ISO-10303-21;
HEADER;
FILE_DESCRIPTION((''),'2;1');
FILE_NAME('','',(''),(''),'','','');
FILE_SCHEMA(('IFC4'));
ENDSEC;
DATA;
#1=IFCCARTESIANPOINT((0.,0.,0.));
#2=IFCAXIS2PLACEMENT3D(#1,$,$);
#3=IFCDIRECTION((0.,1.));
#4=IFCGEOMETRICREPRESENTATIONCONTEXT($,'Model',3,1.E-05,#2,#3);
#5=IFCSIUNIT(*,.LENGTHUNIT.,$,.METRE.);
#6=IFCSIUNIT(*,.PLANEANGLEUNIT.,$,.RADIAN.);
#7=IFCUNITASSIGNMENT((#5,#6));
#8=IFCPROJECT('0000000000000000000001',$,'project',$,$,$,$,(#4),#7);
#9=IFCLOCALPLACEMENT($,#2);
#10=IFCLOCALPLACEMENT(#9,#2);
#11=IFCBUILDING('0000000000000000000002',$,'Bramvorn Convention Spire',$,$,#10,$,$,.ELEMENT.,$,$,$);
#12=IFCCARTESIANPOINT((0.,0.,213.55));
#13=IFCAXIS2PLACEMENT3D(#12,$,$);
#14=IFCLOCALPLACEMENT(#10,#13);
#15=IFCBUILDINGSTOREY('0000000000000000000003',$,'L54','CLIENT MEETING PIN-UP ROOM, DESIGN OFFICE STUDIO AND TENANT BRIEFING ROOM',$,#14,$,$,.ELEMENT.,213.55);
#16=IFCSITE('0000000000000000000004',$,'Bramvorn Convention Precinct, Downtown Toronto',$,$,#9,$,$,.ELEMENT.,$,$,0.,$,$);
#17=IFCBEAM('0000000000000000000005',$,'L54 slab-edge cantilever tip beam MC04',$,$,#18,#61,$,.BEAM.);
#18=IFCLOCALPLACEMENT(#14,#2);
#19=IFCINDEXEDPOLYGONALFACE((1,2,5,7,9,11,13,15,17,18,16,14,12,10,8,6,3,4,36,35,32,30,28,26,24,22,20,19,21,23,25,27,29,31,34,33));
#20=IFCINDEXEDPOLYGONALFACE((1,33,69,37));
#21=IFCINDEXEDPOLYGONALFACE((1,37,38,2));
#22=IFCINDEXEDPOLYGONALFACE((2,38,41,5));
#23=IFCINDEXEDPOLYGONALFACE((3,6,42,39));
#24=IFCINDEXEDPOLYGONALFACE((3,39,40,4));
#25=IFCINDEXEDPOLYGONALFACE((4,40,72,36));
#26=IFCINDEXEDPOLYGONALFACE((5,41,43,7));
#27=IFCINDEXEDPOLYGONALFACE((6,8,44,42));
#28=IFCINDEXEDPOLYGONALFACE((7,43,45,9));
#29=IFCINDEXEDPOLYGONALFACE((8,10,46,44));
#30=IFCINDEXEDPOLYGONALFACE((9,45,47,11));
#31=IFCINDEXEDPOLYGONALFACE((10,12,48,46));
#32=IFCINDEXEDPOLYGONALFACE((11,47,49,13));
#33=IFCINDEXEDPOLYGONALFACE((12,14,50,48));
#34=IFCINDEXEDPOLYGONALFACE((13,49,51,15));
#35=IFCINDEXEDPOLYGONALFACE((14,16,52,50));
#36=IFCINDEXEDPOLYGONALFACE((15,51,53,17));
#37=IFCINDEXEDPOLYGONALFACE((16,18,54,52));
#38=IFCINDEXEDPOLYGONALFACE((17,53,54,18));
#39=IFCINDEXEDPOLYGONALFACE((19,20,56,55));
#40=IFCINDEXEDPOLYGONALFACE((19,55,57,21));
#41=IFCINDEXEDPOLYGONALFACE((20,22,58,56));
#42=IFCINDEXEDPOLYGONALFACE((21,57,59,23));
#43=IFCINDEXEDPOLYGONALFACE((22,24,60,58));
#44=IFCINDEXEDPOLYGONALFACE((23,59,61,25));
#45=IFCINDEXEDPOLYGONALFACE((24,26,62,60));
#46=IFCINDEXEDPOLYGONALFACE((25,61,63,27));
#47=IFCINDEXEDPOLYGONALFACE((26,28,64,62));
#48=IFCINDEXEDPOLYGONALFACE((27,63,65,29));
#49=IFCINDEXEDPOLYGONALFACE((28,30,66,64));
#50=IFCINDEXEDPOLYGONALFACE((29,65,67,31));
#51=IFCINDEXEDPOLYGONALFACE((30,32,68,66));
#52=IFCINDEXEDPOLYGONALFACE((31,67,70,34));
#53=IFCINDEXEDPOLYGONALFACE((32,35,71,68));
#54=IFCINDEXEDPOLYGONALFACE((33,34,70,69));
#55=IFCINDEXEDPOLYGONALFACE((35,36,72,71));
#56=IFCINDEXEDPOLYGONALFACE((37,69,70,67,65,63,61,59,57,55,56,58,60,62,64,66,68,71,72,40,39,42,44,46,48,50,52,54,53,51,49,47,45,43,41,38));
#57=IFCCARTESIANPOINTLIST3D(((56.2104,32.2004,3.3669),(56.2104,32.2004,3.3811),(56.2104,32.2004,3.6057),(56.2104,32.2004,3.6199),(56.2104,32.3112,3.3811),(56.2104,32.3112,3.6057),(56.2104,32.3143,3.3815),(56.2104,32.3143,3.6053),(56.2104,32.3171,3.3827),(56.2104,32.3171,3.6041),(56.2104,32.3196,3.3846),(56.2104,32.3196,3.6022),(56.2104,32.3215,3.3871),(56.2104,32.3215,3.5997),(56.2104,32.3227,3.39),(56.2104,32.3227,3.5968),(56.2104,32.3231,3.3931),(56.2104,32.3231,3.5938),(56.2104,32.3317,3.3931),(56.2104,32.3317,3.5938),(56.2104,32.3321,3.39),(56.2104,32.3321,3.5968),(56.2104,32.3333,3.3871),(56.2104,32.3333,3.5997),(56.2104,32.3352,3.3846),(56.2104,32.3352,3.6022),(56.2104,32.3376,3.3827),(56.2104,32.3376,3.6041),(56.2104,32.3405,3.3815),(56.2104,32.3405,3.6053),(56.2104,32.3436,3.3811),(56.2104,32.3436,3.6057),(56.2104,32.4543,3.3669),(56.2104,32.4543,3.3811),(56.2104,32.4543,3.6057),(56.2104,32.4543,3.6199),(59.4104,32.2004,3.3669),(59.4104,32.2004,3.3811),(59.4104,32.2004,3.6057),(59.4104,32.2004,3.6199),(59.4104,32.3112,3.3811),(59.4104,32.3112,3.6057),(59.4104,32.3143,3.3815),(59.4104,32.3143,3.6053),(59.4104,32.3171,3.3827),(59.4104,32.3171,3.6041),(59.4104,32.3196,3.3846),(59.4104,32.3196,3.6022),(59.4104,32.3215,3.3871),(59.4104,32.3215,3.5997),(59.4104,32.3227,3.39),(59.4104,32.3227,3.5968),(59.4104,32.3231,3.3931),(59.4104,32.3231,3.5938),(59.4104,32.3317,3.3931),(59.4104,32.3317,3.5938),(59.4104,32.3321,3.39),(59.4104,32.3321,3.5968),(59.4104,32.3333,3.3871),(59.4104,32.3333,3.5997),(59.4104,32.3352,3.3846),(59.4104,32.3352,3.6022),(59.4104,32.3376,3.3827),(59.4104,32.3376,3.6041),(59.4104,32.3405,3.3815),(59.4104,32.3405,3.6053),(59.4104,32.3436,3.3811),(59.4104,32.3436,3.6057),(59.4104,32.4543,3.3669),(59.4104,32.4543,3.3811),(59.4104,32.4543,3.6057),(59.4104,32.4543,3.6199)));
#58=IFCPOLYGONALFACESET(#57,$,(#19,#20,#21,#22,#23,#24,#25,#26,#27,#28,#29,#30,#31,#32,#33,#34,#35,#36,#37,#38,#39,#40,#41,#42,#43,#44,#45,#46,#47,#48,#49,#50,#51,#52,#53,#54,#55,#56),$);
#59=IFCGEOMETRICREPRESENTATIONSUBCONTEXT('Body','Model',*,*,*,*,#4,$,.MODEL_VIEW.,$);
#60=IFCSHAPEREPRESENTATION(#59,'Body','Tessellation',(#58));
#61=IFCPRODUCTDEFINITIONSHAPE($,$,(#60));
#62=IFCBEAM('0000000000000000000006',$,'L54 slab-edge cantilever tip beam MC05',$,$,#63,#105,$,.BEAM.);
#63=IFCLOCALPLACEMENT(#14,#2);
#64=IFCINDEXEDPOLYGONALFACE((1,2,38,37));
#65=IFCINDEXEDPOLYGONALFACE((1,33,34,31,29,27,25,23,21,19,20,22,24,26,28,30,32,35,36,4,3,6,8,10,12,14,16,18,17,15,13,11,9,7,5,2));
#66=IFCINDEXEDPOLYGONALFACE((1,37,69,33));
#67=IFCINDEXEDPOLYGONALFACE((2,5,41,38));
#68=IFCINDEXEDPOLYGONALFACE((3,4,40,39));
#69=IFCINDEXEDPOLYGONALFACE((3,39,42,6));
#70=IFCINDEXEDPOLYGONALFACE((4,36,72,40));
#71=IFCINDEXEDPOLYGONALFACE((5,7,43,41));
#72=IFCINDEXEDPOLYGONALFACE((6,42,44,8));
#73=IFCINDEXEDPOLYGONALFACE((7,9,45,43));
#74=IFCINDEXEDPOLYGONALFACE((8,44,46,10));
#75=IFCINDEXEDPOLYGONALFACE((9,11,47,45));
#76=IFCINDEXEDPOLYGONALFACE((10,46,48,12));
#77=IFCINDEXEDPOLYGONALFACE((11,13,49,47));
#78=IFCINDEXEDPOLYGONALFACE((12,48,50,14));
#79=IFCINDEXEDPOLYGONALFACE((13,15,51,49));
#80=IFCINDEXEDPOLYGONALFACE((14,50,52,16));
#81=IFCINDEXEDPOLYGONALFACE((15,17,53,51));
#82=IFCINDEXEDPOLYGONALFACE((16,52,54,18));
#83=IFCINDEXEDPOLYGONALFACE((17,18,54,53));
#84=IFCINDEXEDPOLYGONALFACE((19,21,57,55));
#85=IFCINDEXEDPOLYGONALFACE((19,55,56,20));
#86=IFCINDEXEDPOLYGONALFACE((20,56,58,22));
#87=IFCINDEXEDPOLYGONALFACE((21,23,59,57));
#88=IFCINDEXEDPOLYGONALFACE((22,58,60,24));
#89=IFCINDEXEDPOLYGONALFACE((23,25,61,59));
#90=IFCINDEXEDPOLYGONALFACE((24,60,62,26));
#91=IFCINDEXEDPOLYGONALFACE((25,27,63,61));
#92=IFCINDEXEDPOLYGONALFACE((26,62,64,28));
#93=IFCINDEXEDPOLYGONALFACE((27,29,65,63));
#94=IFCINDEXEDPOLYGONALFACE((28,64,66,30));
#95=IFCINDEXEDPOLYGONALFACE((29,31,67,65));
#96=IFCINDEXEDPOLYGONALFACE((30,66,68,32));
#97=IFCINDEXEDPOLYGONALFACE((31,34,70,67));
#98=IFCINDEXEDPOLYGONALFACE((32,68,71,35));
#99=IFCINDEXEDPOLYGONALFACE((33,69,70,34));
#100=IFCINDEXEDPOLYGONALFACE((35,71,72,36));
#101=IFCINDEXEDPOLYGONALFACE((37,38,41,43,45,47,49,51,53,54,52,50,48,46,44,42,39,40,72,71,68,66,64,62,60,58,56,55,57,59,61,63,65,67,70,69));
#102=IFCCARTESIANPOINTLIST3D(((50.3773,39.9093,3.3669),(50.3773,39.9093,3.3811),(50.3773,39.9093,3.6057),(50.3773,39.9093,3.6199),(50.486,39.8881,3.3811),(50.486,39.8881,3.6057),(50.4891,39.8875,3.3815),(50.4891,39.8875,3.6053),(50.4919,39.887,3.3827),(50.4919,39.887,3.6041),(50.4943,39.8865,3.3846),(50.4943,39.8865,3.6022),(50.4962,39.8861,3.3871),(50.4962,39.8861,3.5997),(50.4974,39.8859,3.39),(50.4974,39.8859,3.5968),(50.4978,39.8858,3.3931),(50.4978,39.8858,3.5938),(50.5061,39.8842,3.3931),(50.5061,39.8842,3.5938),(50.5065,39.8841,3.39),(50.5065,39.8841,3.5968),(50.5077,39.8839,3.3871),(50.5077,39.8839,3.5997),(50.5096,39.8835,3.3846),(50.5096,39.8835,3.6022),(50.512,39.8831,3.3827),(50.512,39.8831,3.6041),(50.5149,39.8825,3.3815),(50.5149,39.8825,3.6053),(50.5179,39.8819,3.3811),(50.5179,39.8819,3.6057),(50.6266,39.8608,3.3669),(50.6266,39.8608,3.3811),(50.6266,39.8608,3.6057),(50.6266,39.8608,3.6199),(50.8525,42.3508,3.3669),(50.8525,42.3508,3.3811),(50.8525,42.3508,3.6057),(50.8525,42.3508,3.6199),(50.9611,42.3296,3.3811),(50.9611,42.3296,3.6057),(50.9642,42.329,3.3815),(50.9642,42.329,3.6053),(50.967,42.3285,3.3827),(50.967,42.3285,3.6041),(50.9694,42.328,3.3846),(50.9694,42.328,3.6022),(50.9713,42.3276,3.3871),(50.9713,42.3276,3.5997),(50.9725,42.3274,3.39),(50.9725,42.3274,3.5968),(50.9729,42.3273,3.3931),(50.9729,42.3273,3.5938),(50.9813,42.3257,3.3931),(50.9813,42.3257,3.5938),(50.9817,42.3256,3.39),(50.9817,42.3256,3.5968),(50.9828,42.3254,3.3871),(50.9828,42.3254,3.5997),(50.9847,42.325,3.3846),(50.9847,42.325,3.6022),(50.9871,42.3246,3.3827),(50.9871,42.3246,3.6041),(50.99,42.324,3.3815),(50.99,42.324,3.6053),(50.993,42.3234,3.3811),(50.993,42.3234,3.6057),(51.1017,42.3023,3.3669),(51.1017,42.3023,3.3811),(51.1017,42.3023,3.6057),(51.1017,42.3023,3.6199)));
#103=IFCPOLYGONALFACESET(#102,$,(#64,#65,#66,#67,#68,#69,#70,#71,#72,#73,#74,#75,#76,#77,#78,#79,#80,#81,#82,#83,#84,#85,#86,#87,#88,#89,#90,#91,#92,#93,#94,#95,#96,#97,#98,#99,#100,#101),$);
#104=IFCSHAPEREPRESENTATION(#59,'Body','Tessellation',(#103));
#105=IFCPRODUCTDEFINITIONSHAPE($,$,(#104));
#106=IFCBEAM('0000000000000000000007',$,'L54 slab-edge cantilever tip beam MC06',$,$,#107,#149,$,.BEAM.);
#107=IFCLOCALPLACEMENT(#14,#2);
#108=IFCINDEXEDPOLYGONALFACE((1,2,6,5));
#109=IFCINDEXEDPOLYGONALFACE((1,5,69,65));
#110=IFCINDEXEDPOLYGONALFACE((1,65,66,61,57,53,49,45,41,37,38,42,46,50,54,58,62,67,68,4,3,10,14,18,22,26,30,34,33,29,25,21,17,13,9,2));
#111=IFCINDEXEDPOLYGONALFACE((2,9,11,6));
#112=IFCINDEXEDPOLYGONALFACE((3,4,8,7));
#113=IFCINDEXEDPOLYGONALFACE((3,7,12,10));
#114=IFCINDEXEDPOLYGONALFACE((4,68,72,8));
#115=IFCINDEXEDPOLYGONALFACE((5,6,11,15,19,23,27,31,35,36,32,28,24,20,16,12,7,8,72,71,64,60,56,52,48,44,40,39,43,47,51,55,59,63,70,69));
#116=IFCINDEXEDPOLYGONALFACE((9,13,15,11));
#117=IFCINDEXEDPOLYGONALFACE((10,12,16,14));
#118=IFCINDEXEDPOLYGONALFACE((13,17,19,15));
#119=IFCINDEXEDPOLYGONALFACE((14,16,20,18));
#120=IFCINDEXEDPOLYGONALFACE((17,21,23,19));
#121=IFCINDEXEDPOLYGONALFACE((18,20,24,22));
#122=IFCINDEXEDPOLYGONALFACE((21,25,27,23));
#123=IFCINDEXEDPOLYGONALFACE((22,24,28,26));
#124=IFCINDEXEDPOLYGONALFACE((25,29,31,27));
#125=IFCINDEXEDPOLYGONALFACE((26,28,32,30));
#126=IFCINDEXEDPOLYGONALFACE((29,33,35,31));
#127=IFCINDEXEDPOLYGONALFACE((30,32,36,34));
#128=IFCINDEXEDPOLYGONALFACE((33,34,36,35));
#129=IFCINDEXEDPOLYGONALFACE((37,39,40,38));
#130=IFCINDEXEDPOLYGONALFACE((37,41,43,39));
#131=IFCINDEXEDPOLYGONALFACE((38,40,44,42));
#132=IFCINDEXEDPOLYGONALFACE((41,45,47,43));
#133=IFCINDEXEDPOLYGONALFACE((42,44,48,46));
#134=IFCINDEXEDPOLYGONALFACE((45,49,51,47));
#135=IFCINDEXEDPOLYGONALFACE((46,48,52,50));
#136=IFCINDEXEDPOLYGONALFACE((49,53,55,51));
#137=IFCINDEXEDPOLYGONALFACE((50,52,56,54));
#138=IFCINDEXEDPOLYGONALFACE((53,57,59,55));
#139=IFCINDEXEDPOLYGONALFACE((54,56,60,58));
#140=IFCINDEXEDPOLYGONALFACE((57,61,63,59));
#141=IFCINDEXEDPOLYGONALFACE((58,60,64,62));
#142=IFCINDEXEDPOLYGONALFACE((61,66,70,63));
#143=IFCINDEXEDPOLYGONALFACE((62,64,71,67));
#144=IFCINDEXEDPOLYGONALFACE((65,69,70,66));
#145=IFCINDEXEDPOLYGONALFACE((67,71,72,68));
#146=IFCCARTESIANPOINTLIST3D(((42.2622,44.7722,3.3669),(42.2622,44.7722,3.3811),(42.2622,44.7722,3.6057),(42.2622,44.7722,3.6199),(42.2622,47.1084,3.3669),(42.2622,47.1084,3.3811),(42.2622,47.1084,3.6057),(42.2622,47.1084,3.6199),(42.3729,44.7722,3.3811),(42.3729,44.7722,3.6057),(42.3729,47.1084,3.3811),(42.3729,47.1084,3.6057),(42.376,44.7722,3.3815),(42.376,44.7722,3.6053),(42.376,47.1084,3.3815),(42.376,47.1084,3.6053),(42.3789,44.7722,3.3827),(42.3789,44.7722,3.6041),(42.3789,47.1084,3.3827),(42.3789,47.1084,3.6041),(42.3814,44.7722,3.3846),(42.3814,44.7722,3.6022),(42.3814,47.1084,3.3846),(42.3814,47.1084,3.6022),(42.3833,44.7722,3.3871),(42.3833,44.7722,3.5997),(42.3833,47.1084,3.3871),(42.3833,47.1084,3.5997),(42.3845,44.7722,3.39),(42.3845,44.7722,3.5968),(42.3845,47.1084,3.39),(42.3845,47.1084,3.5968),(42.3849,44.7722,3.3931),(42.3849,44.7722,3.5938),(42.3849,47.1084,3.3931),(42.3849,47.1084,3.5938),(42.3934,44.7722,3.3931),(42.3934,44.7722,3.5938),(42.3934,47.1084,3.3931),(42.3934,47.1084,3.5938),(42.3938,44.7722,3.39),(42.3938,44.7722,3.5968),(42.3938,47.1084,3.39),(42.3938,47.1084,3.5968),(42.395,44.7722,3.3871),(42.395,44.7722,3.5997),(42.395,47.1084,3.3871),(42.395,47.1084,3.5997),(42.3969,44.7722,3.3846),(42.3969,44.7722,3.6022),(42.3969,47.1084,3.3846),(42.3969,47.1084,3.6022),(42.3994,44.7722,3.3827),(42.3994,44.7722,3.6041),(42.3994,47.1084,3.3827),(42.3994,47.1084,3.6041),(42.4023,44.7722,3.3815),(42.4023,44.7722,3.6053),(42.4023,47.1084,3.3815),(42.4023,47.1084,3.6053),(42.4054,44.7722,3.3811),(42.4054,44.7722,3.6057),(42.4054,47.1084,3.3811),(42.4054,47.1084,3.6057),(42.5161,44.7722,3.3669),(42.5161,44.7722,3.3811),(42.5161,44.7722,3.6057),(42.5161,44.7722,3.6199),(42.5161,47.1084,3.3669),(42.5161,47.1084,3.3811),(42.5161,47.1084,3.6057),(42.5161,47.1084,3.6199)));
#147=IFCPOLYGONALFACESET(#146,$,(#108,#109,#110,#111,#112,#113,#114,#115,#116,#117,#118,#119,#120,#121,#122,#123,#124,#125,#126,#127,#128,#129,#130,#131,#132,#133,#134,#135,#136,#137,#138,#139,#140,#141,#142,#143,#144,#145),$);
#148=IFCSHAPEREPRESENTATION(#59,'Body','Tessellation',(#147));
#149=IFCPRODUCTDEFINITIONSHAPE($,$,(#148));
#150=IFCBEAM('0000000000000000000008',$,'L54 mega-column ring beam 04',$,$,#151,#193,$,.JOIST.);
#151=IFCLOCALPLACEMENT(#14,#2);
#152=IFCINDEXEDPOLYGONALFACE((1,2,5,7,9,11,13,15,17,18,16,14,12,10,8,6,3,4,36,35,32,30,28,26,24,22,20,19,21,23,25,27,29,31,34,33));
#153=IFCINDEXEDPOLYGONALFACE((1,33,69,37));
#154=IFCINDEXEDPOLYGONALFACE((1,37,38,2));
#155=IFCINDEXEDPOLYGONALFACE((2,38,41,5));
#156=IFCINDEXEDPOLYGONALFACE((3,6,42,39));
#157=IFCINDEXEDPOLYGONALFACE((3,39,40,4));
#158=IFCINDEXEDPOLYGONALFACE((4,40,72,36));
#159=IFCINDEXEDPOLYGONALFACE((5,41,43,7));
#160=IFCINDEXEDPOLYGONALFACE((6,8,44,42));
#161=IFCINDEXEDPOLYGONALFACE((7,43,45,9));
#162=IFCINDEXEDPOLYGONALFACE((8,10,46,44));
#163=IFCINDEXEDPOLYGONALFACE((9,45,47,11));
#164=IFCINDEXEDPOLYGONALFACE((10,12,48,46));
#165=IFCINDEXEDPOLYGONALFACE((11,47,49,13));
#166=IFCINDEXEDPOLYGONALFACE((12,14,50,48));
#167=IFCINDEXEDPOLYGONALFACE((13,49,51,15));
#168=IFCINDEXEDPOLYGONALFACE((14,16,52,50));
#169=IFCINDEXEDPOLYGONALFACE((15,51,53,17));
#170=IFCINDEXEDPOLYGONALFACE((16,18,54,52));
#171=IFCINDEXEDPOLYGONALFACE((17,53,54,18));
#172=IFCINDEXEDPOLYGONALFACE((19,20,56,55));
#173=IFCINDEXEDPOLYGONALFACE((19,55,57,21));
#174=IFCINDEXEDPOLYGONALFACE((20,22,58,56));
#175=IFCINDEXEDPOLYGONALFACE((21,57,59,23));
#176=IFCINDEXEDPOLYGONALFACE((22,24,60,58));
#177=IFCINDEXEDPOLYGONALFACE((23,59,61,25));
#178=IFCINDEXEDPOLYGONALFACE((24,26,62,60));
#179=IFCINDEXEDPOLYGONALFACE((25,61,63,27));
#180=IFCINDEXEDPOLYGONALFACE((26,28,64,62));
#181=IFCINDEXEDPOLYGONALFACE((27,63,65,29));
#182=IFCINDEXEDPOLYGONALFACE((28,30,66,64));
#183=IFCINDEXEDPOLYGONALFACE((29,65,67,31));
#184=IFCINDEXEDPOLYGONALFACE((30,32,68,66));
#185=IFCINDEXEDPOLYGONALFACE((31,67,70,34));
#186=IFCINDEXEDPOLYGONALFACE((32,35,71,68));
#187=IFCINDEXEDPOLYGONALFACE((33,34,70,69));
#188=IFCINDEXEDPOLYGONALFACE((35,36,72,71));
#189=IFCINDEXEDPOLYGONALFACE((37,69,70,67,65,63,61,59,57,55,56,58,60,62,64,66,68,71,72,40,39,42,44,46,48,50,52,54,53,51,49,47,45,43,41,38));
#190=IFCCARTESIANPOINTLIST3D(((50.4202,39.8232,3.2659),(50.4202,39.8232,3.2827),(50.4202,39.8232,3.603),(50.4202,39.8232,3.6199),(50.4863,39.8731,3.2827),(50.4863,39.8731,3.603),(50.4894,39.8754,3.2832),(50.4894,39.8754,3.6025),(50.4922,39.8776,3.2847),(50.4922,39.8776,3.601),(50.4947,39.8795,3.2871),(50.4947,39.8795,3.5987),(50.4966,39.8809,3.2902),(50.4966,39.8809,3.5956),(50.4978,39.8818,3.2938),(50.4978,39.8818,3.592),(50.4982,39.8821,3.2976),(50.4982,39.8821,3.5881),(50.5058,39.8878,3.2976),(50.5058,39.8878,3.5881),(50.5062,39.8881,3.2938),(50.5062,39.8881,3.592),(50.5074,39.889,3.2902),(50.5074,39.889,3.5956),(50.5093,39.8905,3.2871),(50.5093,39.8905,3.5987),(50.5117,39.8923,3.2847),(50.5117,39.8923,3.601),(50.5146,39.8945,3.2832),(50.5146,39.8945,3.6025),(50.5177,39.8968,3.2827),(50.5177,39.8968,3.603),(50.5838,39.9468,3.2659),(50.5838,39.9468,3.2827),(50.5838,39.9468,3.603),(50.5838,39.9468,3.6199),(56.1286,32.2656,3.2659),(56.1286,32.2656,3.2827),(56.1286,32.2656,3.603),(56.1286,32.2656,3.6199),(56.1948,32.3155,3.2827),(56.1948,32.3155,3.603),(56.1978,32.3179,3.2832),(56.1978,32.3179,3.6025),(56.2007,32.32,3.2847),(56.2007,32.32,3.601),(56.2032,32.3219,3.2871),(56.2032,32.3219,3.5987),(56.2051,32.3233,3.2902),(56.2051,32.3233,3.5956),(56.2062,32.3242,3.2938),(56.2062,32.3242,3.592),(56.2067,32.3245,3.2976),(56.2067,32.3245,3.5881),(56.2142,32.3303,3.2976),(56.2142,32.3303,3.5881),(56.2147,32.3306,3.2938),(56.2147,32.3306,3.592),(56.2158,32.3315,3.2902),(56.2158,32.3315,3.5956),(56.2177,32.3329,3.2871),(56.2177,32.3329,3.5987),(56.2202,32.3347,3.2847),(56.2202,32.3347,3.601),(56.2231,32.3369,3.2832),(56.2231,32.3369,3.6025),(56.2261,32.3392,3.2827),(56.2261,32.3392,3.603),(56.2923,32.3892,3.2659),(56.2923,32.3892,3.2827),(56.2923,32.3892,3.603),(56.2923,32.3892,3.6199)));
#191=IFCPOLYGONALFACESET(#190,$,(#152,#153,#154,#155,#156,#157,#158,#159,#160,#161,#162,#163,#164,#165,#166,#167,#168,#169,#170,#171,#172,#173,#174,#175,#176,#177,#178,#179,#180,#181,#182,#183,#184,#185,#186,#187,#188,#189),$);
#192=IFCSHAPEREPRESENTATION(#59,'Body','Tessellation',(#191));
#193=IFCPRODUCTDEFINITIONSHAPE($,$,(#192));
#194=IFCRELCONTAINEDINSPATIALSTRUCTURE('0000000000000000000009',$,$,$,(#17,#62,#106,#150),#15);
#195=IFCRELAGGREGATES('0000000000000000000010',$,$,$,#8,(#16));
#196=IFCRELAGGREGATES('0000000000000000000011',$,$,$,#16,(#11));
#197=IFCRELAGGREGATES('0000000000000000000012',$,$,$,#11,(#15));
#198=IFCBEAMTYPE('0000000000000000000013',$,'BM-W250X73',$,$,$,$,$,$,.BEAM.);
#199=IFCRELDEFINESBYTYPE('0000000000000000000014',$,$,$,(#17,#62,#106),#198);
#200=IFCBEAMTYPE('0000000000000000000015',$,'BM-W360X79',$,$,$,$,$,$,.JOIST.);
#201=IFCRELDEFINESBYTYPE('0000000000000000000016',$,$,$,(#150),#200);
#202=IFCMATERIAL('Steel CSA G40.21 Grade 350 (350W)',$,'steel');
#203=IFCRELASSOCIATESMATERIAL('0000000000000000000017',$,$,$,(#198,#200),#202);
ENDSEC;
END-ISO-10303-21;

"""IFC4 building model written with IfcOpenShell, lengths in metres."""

from ifc_helpers import new_model, si_unit, direction, frame, origin, origin_2d, place, context, subcontext, project, spatial, i_section, extrude, material, material_profile, profile_set, type_object, element, save


model = new_model("IFC4")

# Units and contexts
model_context = context("Model", 3, precision=1e-05, world=origin(), true_north=direction((0.0, 1.0)))
body_context = subcontext(model_context, "Body", "Model", "MODEL_VIEW")
ifc_project = project(units=[si_unit("LENGTHUNIT", "METRE"), si_unit("PLANEANGLEUNIT", "RADIAN")], contexts=[model_context])

# Site, building, storey
site_placement = place(None, origin())
site = spatial("IfcSite", under=ifc_project, at=site_placement, Name="Bramvorn Convention Precinct, Downtown Toronto", CompositionType="ELEMENT", RefElevation=0.0)
building_placement = place(site_placement, origin())
building = spatial("IfcBuilding", under=site, at=building_placement, Name="Bramvorn Convention Spire", CompositionType="ELEMENT")
storey_placement = place(building_placement, frame((0.0, 0.0, 213.55)))
storey = spatial("IfcBuildingStorey", under=building, at=storey_placement, Name="L54", Description="CLIENT MEETING PIN-UP ROOM, DESIGN OFFICE STUDIO AND TENANT BRIEFING ROOM", CompositionType="ELEMENT", Elevation=213.55)

# Shared definitions
ifc_material_1 = material(Name="Steel CSA G40.21 Grade 350 (350W)", Category="steel")

# Beams
ifc_material_profile_1 = material_profile(ifc_material_1, i_section(OverallWidth=0.2539, OverallDepth=0.2529, WebThickness=0.0085, FlangeThickness=0.0142, FilletRadius=0.012, at=origin_2d()))
ifc_profile_set_1 = profile_set([ifc_material_profile_1], Name="Steel CSA G40.21 Grade 350 (350W) - W250X73")
beam_type_1 = type_object("IfcBeamType", Name="BM-W250X73", PredefinedType="BEAM", material=ifc_profile_set_1)
beam_1_placement = place(storey_placement, frame((56.2104, 32.3274, 3.4934), z_axis=(1.0, 0.0, 0.0), x_axis=(0.0, 1.0, 0.0)))
element("IfcBeam", 1, at=beam_1_placement, inside=storey, type_object=beam_type_1, Name="L54 slab-edge cantilever tip beam MC04", PredefinedType="BEAM", context=body_context, shape_type="SweptSolid", body=[
    extrude(i_section(OverallWidth=0.2539, OverallDepth=0.2529, WebThickness=0.0085, FlangeThickness=0.0142, FilletRadius=0.012, at=origin_2d()), origin(), (0.0, 0.0, 1.0), 3.2),
])
beam_2_placement = place(storey_placement, frame((50.502, 39.885, 3.4934), z_axis=(0.191017, 0.981587, 0.0), x_axis=(-0.981587, 0.191017, 0.0)))
element("IfcBeam", 2, at=beam_2_placement, inside=storey, type_object=beam_type_1, Name="L54 slab-edge cantilever tip beam MC05", PredefinedType="BEAM", context=body_context, shape_type="SweptSolid", body=[
    extrude(i_section(OverallWidth=0.2539, OverallDepth=0.2529, WebThickness=0.0085, FlangeThickness=0.0142, FilletRadius=0.012, at=origin_2d()), origin(), (0.0, 0.0, 1.0), 2.4873),
])
beam_3_placement = place(storey_placement, frame((42.3892, 44.7722, 3.4934), z_axis=(0.0, 1.0, 0.0), x_axis=(-1.0, 0.0, 0.0)))
element("IfcBeam", 3, at=beam_3_placement, inside=storey, type_object=beam_type_1, Name="L54 slab-edge cantilever tip beam MC06", PredefinedType="BEAM", context=body_context, shape_type="SweptSolid", body=[
    extrude(i_section(OverallWidth=0.2539, OverallDepth=0.2529, WebThickness=0.0085, FlangeThickness=0.0142, FilletRadius=0.012, at=origin_2d()), origin(), (0.0, 0.0, 1.0), 2.3362),
])
ifc_material_profile_2 = material_profile(ifc_material_1, i_section(OverallWidth=0.2051, OverallDepth=0.354, WebThickness=0.0095, FlangeThickness=0.0168, FilletRadius=0.0149, at=origin_2d()))
ifc_profile_set_2 = profile_set([ifc_material_profile_2], Name="Steel CSA G40.21 Grade 350 (350W) - W360X79")
beam_type_2 = type_object("IfcBeamType", Name="BM-W360X79", PredefinedType="JOIST", material=ifc_profile_set_2)
for number, where, z_axis, x_axis, name in (
    (4, (56.2104, 32.3274, 3.4429), (-0.602719, 0.797954, 0.0), (-0.797954, -0.602719, 0.0), "L54 mega-column ring beam 04"),
):
    element("IfcBeam", number, at=place(storey_placement, frame(where, z_axis=z_axis, x_axis=x_axis)), inside=storey, type_object=beam_type_2, Name=name, PredefinedType="JOIST", context=body_context, shape_type="SweptSolid", body=[
        extrude(i_section(OverallWidth=0.2051, OverallDepth=0.354, WebThickness=0.0095, FlangeThickness=0.0168, FilletRadius=0.0149, at=origin_2d()), origin(), (0.0, 0.0, 1.0), 9.4712),
    ])

save(model, "model.ifc")
